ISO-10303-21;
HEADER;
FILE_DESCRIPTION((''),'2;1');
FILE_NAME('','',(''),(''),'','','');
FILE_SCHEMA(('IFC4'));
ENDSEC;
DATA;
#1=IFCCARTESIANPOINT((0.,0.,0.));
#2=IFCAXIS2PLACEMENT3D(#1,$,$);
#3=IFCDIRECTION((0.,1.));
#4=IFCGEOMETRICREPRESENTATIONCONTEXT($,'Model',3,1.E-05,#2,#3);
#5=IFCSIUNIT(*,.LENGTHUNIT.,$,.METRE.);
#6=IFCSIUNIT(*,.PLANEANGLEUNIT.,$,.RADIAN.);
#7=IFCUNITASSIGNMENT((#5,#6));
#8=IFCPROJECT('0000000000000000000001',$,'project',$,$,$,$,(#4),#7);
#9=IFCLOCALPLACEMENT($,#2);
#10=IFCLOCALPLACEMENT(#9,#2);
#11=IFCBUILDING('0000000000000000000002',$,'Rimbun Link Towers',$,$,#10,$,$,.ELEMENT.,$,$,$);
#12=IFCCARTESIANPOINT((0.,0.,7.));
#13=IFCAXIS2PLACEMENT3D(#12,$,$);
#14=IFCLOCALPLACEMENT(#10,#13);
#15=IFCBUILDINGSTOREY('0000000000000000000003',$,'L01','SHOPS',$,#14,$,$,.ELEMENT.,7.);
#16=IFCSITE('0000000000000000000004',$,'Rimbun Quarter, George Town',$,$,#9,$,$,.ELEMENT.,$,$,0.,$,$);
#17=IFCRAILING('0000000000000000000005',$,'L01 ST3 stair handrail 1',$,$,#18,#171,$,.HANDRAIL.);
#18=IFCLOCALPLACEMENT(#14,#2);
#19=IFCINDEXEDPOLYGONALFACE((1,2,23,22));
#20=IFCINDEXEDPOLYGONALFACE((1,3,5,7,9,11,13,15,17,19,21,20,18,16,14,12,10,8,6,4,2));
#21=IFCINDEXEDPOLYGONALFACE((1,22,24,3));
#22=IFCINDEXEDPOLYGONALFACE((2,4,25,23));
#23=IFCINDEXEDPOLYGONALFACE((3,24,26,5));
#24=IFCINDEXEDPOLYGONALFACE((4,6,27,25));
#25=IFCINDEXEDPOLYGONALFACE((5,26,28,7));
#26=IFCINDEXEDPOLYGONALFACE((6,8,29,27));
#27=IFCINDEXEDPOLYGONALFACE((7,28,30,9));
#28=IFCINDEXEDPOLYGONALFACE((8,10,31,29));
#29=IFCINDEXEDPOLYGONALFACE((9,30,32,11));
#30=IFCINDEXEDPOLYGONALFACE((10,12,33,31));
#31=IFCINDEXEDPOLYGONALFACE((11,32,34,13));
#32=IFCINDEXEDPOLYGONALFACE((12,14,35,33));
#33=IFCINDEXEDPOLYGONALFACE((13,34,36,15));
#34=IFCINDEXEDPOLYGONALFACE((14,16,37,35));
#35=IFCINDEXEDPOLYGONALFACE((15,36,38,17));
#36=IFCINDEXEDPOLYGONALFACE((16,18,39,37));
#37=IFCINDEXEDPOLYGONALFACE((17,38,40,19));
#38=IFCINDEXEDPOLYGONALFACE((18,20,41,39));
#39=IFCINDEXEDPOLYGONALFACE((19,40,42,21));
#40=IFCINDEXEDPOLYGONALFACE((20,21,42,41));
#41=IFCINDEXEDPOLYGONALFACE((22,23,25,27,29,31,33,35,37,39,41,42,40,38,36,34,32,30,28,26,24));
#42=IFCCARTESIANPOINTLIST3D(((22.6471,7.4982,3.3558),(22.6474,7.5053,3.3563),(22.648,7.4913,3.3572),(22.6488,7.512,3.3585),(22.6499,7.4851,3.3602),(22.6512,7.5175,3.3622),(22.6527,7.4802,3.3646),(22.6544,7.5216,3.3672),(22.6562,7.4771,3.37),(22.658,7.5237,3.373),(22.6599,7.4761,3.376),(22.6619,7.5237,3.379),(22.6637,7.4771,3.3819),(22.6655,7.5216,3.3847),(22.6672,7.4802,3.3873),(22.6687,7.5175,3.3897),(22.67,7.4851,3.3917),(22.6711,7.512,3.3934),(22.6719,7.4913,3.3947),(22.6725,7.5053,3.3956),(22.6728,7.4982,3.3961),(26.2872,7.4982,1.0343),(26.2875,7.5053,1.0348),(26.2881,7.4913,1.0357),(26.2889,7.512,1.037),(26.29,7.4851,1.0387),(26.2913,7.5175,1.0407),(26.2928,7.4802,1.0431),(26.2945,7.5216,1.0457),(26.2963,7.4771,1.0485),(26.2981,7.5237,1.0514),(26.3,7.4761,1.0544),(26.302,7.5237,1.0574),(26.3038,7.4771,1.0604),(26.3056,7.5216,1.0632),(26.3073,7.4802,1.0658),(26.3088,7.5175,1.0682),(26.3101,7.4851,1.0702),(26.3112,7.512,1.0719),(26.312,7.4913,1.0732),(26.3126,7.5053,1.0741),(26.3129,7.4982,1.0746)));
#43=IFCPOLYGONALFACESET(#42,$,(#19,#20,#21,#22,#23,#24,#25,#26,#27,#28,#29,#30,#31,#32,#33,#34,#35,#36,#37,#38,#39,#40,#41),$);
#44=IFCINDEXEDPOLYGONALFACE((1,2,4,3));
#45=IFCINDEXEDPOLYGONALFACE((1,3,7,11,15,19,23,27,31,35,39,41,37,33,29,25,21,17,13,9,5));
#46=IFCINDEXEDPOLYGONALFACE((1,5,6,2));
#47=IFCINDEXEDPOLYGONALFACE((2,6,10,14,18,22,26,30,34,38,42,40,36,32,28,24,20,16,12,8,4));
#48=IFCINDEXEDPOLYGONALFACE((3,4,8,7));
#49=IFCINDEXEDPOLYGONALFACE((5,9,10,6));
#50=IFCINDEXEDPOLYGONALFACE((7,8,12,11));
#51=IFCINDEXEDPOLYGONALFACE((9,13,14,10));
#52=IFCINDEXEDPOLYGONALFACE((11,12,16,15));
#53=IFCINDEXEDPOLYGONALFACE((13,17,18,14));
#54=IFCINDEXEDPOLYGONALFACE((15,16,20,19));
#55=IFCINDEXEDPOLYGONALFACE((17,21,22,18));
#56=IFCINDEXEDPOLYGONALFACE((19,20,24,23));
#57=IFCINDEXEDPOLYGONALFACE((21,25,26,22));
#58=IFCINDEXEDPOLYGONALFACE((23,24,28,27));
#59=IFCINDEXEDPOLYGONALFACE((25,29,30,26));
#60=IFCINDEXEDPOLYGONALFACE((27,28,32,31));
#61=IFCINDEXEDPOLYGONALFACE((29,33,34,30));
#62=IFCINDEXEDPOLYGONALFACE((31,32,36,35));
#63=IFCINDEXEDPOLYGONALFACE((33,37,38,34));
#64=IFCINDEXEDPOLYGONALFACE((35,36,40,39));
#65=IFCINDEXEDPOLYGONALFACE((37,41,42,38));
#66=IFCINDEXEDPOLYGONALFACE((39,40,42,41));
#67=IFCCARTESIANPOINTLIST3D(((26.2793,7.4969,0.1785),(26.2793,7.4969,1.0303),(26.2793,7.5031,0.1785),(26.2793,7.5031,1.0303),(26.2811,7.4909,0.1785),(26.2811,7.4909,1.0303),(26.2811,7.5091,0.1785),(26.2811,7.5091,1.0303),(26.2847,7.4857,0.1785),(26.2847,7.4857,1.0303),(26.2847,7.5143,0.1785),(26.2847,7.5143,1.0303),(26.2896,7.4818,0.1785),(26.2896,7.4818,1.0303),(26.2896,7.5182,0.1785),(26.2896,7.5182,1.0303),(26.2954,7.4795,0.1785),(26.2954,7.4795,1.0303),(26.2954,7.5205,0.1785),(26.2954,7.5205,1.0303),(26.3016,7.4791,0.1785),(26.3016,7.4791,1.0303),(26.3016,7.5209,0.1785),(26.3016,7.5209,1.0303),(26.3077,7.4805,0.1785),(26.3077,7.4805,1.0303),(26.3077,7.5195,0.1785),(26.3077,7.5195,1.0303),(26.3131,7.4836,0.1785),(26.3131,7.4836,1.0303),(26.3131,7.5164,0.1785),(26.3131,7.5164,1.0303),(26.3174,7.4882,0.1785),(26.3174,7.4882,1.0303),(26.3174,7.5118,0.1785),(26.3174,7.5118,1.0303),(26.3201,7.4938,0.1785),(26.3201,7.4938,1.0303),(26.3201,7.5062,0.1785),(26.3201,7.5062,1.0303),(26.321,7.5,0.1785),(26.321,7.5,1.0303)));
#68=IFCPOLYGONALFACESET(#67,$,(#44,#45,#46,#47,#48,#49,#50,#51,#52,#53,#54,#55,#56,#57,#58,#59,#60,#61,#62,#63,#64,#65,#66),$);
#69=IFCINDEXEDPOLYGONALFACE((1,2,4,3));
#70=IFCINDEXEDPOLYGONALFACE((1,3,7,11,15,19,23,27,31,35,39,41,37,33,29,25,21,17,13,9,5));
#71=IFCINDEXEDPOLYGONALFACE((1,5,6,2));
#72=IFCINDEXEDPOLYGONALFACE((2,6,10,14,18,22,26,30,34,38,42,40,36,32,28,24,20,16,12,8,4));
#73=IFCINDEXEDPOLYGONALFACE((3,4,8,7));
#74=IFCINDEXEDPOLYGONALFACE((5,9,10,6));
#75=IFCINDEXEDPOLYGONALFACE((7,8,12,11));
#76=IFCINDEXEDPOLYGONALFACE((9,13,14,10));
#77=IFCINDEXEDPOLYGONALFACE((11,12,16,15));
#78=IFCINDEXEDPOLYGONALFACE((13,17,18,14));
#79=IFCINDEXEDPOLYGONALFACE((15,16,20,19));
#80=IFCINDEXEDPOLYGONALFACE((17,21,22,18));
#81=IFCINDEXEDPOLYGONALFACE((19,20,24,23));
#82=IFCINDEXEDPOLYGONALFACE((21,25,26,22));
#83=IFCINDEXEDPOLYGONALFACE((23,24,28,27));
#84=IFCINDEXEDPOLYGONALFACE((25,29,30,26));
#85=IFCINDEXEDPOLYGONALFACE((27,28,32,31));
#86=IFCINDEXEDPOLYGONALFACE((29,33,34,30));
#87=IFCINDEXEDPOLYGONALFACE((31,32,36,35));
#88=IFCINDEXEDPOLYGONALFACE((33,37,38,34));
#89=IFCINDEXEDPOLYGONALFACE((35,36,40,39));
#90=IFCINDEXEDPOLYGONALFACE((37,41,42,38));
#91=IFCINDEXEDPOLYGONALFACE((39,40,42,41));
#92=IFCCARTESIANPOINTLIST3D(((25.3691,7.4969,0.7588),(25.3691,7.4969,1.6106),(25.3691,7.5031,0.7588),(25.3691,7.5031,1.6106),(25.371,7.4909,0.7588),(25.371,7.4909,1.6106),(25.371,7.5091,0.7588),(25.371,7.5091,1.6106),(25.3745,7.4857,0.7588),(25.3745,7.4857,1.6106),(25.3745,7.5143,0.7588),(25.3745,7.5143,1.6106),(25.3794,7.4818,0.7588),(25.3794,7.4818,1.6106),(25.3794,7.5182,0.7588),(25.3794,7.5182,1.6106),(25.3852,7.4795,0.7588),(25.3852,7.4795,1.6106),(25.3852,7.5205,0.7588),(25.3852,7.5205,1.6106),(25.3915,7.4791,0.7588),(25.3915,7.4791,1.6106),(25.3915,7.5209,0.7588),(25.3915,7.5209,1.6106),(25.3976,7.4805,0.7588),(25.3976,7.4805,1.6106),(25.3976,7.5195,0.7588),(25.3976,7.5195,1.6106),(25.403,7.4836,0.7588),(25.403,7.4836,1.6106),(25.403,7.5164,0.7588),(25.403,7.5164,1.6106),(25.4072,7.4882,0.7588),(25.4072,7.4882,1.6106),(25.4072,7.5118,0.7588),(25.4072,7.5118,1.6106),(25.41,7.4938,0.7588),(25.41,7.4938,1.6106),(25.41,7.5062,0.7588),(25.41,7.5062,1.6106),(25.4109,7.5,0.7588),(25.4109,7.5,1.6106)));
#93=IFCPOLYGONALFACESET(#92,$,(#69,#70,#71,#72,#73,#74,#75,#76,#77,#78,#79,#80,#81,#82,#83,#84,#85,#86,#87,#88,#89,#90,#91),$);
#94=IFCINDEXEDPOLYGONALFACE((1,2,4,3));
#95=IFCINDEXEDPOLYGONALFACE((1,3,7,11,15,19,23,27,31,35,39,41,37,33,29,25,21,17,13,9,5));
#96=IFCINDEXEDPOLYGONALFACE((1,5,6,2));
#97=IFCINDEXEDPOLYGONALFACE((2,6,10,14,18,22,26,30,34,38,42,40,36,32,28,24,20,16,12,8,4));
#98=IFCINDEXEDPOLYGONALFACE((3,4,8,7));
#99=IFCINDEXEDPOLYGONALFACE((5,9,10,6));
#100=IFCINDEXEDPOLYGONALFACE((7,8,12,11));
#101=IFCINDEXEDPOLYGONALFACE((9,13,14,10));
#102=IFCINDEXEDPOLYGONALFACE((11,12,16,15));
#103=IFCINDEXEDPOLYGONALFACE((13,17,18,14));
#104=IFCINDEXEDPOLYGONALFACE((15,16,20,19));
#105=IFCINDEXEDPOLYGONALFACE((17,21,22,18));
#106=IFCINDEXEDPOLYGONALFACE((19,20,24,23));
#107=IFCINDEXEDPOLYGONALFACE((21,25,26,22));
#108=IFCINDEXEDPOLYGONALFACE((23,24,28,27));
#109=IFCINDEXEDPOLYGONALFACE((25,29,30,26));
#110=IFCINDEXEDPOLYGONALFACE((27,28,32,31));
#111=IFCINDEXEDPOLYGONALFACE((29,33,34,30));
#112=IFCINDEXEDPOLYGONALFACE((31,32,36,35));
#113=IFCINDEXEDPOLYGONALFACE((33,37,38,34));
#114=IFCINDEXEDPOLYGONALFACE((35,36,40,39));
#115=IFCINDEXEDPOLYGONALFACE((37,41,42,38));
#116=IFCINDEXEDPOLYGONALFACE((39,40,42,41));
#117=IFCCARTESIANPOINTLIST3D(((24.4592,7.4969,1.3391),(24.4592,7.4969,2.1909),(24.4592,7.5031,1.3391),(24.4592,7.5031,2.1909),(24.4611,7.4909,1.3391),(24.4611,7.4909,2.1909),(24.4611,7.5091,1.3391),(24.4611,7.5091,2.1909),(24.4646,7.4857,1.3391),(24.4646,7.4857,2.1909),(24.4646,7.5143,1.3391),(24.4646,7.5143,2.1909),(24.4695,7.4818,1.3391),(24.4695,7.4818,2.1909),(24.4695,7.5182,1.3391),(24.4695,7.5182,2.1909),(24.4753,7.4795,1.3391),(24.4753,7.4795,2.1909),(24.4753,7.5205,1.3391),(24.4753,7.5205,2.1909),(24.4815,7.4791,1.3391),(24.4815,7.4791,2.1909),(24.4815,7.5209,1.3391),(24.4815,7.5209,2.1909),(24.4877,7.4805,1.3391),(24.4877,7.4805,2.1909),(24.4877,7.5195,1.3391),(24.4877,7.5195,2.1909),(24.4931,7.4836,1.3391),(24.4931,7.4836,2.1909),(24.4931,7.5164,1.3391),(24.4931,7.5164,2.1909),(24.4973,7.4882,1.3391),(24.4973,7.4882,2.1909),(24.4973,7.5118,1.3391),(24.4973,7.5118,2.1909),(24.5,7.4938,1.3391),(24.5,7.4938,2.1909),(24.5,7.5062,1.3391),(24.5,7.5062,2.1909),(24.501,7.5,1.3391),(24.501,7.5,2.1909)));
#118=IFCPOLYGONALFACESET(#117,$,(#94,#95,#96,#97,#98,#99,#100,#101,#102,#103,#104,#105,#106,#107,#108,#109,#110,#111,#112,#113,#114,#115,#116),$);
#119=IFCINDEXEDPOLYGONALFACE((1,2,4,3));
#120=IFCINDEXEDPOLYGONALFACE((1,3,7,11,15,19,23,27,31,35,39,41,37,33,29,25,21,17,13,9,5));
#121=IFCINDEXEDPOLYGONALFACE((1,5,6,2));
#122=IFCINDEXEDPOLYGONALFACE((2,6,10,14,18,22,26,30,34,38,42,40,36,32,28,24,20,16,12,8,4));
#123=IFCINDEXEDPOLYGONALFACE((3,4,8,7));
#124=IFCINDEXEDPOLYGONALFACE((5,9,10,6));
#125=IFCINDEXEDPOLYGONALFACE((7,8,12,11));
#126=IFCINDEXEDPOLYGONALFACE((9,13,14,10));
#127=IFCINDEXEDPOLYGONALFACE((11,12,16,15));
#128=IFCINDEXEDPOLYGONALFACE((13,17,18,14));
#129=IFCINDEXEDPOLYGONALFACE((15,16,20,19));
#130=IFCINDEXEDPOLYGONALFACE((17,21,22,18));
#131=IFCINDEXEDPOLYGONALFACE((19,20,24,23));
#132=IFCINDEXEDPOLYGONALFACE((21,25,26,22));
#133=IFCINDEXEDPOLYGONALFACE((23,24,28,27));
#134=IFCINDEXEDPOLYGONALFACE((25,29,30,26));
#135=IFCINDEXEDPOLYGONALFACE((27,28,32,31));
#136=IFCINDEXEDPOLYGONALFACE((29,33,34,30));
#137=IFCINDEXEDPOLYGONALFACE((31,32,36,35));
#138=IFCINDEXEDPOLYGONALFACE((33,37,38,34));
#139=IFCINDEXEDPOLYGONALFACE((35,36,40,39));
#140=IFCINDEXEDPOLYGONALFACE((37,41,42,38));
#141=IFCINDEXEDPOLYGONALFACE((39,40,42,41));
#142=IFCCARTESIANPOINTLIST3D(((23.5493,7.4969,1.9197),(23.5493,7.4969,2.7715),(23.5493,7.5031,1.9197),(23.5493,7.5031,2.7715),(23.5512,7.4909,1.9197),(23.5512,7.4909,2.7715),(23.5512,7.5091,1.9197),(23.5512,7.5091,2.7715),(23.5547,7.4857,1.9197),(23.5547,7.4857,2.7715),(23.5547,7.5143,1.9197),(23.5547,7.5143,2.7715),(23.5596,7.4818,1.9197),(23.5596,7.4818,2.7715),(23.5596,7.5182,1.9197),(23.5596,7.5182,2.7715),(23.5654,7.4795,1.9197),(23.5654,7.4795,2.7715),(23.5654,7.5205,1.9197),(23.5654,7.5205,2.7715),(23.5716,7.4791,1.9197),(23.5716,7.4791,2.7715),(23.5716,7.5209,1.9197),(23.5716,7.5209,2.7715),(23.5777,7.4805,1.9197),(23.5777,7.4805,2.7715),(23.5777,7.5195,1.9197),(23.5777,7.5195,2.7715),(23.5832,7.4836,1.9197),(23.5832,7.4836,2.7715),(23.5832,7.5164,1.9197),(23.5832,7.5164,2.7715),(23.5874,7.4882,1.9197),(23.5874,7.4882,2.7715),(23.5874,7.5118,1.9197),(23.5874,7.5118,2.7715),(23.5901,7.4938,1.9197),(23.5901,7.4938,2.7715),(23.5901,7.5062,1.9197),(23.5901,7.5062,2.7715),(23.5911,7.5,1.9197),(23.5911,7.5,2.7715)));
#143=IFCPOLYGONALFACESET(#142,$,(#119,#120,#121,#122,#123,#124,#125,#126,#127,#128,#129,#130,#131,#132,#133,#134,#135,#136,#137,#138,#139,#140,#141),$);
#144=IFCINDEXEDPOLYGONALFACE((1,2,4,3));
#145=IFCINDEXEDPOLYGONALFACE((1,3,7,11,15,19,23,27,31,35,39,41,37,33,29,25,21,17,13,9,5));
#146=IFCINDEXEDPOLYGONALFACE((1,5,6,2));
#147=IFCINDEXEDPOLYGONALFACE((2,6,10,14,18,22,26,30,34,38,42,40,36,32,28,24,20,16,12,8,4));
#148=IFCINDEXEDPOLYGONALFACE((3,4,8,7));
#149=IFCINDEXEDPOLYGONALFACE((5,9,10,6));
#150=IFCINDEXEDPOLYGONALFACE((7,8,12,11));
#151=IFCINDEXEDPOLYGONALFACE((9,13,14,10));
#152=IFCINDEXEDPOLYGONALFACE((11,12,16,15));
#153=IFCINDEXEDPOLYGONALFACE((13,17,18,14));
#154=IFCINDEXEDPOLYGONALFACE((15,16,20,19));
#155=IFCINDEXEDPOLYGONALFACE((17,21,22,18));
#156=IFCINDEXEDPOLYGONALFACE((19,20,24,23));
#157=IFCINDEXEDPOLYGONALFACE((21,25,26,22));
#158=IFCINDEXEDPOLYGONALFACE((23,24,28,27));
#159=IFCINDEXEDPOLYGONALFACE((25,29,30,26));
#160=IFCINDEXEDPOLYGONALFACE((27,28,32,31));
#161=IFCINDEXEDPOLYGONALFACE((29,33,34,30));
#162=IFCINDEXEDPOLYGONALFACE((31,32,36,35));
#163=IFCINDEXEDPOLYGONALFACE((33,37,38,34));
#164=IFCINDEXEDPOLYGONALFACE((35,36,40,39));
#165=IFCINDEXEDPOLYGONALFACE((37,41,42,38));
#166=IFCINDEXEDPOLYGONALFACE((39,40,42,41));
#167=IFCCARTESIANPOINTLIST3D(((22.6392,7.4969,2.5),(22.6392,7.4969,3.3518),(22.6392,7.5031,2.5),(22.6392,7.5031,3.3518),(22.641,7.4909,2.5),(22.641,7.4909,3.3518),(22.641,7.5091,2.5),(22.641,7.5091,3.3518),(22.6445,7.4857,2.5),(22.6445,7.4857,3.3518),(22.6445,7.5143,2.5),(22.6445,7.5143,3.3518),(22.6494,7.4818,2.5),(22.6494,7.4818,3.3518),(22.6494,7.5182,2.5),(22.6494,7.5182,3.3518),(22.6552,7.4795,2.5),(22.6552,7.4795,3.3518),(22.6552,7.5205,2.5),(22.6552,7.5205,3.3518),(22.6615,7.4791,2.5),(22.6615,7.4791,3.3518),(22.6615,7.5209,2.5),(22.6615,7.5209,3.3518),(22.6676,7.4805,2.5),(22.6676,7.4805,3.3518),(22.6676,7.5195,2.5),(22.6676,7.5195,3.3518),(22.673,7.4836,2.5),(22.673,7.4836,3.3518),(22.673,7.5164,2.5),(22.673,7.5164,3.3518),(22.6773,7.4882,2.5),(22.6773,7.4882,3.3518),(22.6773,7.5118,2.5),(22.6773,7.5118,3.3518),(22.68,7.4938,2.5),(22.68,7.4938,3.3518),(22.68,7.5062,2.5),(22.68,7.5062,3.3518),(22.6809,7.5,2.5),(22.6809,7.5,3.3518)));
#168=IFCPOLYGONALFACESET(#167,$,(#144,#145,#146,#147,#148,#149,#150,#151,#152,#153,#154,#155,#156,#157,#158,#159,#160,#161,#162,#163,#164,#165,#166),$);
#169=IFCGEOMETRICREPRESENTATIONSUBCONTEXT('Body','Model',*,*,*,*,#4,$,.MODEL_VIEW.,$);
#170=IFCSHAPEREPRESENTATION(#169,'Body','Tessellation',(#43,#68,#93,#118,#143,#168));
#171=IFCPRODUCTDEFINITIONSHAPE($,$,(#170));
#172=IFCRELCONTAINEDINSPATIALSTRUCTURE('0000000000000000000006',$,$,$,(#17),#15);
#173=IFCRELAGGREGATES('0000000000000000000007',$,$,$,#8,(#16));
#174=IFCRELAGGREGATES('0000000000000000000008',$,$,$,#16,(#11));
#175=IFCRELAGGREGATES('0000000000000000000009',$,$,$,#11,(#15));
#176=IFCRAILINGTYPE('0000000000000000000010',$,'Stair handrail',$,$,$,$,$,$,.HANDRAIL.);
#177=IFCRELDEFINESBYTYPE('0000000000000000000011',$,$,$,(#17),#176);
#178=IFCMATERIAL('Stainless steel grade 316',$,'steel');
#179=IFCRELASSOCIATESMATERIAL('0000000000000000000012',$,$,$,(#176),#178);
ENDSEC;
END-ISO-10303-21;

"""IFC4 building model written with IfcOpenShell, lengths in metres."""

from ifc_helpers import new_model, si_unit, direction, frame, origin, origin_2d, place, context, subcontext, project, spatial, circle, extrude, material, type_object, element, save


model = new_model("IFC4")

# Units and contexts
model_context = context("Model", 3, precision=1e-05, world=origin(), true_north=direction((0.0, 1.0)))
body_context = subcontext(model_context, "Body", "Model", "MODEL_VIEW")
ifc_project = project(units=[si_unit("LENGTHUNIT", "METRE"), si_unit("PLANEANGLEUNIT", "RADIAN")], contexts=[model_context])

# Site, building, storey
site_placement = place(None, origin())
site = spatial("IfcSite", under=ifc_project, at=site_placement, Name="Rimbun Quarter, George Town", CompositionType="ELEMENT", RefElevation=0.0)
building_placement = place(site_placement, origin())
building = spatial("IfcBuilding", under=site, at=building_placement, Name="Rimbun Link Towers", CompositionType="ELEMENT")
storey_placement = place(building_placement, frame((0.0, 0.0, 7.0)))
storey = spatial("IfcBuildingStorey", under=building, at=storey_placement, Name="L01", Description="SHOPS", CompositionType="ELEMENT", Elevation=7.0)

# Railing
ifc_material_1 = material(Name="Stainless steel grade 316", Category="steel")
railing_type_1 = type_object("IfcRailingType", Name="Stair handrail", PredefinedType="HANDRAIL", material=ifc_material_1)
railing_1_placement = place(storey_placement, frame((26.3, 7.5, 0.1785)))
element("IfcRailing", 1, at=railing_1_placement, inside=storey, type_object=railing_type_1, Name="L01 ST3 stair handrail 1", PredefinedType="HANDRAIL", context=body_context, shape_type="SweptSolid", body=[
    extrude(circle(Radius=0.0239, at=origin_2d()), frame((0.0, 0.0, 0.876), z_axis=(-0.843128, 0.0, 0.537713), x_axis=(0.0, -1.0, 0.0)), (0.0, 0.0, 1.0), 4.3174),
    extrude(circle(Radius=0.021, at=origin_2d()), origin(), (0.0, 0.0, 1.0), 0.8518),
    extrude(circle(Radius=0.021, at=origin_2d()), frame((-0.9102, 0.0, 0.5803)), (0.0, 0.0, 1.0), 0.8518),
    extrude(circle(Radius=0.021, at=origin_2d()), frame((-1.8201, 0.0, 1.1606)), (0.0, 0.0, 1.0), 0.8518),
    extrude(circle(Radius=0.021, at=origin_2d()), frame((-2.73, 0.0, 1.7412)), (0.0, 0.0, 1.0), 0.8518),
    extrude(circle(Radius=0.021, at=origin_2d()), frame((-3.6401, 0.0, 2.3215)), (0.0, 0.0, 1.0), 0.8518),
])

save(model, "model.ifc")
